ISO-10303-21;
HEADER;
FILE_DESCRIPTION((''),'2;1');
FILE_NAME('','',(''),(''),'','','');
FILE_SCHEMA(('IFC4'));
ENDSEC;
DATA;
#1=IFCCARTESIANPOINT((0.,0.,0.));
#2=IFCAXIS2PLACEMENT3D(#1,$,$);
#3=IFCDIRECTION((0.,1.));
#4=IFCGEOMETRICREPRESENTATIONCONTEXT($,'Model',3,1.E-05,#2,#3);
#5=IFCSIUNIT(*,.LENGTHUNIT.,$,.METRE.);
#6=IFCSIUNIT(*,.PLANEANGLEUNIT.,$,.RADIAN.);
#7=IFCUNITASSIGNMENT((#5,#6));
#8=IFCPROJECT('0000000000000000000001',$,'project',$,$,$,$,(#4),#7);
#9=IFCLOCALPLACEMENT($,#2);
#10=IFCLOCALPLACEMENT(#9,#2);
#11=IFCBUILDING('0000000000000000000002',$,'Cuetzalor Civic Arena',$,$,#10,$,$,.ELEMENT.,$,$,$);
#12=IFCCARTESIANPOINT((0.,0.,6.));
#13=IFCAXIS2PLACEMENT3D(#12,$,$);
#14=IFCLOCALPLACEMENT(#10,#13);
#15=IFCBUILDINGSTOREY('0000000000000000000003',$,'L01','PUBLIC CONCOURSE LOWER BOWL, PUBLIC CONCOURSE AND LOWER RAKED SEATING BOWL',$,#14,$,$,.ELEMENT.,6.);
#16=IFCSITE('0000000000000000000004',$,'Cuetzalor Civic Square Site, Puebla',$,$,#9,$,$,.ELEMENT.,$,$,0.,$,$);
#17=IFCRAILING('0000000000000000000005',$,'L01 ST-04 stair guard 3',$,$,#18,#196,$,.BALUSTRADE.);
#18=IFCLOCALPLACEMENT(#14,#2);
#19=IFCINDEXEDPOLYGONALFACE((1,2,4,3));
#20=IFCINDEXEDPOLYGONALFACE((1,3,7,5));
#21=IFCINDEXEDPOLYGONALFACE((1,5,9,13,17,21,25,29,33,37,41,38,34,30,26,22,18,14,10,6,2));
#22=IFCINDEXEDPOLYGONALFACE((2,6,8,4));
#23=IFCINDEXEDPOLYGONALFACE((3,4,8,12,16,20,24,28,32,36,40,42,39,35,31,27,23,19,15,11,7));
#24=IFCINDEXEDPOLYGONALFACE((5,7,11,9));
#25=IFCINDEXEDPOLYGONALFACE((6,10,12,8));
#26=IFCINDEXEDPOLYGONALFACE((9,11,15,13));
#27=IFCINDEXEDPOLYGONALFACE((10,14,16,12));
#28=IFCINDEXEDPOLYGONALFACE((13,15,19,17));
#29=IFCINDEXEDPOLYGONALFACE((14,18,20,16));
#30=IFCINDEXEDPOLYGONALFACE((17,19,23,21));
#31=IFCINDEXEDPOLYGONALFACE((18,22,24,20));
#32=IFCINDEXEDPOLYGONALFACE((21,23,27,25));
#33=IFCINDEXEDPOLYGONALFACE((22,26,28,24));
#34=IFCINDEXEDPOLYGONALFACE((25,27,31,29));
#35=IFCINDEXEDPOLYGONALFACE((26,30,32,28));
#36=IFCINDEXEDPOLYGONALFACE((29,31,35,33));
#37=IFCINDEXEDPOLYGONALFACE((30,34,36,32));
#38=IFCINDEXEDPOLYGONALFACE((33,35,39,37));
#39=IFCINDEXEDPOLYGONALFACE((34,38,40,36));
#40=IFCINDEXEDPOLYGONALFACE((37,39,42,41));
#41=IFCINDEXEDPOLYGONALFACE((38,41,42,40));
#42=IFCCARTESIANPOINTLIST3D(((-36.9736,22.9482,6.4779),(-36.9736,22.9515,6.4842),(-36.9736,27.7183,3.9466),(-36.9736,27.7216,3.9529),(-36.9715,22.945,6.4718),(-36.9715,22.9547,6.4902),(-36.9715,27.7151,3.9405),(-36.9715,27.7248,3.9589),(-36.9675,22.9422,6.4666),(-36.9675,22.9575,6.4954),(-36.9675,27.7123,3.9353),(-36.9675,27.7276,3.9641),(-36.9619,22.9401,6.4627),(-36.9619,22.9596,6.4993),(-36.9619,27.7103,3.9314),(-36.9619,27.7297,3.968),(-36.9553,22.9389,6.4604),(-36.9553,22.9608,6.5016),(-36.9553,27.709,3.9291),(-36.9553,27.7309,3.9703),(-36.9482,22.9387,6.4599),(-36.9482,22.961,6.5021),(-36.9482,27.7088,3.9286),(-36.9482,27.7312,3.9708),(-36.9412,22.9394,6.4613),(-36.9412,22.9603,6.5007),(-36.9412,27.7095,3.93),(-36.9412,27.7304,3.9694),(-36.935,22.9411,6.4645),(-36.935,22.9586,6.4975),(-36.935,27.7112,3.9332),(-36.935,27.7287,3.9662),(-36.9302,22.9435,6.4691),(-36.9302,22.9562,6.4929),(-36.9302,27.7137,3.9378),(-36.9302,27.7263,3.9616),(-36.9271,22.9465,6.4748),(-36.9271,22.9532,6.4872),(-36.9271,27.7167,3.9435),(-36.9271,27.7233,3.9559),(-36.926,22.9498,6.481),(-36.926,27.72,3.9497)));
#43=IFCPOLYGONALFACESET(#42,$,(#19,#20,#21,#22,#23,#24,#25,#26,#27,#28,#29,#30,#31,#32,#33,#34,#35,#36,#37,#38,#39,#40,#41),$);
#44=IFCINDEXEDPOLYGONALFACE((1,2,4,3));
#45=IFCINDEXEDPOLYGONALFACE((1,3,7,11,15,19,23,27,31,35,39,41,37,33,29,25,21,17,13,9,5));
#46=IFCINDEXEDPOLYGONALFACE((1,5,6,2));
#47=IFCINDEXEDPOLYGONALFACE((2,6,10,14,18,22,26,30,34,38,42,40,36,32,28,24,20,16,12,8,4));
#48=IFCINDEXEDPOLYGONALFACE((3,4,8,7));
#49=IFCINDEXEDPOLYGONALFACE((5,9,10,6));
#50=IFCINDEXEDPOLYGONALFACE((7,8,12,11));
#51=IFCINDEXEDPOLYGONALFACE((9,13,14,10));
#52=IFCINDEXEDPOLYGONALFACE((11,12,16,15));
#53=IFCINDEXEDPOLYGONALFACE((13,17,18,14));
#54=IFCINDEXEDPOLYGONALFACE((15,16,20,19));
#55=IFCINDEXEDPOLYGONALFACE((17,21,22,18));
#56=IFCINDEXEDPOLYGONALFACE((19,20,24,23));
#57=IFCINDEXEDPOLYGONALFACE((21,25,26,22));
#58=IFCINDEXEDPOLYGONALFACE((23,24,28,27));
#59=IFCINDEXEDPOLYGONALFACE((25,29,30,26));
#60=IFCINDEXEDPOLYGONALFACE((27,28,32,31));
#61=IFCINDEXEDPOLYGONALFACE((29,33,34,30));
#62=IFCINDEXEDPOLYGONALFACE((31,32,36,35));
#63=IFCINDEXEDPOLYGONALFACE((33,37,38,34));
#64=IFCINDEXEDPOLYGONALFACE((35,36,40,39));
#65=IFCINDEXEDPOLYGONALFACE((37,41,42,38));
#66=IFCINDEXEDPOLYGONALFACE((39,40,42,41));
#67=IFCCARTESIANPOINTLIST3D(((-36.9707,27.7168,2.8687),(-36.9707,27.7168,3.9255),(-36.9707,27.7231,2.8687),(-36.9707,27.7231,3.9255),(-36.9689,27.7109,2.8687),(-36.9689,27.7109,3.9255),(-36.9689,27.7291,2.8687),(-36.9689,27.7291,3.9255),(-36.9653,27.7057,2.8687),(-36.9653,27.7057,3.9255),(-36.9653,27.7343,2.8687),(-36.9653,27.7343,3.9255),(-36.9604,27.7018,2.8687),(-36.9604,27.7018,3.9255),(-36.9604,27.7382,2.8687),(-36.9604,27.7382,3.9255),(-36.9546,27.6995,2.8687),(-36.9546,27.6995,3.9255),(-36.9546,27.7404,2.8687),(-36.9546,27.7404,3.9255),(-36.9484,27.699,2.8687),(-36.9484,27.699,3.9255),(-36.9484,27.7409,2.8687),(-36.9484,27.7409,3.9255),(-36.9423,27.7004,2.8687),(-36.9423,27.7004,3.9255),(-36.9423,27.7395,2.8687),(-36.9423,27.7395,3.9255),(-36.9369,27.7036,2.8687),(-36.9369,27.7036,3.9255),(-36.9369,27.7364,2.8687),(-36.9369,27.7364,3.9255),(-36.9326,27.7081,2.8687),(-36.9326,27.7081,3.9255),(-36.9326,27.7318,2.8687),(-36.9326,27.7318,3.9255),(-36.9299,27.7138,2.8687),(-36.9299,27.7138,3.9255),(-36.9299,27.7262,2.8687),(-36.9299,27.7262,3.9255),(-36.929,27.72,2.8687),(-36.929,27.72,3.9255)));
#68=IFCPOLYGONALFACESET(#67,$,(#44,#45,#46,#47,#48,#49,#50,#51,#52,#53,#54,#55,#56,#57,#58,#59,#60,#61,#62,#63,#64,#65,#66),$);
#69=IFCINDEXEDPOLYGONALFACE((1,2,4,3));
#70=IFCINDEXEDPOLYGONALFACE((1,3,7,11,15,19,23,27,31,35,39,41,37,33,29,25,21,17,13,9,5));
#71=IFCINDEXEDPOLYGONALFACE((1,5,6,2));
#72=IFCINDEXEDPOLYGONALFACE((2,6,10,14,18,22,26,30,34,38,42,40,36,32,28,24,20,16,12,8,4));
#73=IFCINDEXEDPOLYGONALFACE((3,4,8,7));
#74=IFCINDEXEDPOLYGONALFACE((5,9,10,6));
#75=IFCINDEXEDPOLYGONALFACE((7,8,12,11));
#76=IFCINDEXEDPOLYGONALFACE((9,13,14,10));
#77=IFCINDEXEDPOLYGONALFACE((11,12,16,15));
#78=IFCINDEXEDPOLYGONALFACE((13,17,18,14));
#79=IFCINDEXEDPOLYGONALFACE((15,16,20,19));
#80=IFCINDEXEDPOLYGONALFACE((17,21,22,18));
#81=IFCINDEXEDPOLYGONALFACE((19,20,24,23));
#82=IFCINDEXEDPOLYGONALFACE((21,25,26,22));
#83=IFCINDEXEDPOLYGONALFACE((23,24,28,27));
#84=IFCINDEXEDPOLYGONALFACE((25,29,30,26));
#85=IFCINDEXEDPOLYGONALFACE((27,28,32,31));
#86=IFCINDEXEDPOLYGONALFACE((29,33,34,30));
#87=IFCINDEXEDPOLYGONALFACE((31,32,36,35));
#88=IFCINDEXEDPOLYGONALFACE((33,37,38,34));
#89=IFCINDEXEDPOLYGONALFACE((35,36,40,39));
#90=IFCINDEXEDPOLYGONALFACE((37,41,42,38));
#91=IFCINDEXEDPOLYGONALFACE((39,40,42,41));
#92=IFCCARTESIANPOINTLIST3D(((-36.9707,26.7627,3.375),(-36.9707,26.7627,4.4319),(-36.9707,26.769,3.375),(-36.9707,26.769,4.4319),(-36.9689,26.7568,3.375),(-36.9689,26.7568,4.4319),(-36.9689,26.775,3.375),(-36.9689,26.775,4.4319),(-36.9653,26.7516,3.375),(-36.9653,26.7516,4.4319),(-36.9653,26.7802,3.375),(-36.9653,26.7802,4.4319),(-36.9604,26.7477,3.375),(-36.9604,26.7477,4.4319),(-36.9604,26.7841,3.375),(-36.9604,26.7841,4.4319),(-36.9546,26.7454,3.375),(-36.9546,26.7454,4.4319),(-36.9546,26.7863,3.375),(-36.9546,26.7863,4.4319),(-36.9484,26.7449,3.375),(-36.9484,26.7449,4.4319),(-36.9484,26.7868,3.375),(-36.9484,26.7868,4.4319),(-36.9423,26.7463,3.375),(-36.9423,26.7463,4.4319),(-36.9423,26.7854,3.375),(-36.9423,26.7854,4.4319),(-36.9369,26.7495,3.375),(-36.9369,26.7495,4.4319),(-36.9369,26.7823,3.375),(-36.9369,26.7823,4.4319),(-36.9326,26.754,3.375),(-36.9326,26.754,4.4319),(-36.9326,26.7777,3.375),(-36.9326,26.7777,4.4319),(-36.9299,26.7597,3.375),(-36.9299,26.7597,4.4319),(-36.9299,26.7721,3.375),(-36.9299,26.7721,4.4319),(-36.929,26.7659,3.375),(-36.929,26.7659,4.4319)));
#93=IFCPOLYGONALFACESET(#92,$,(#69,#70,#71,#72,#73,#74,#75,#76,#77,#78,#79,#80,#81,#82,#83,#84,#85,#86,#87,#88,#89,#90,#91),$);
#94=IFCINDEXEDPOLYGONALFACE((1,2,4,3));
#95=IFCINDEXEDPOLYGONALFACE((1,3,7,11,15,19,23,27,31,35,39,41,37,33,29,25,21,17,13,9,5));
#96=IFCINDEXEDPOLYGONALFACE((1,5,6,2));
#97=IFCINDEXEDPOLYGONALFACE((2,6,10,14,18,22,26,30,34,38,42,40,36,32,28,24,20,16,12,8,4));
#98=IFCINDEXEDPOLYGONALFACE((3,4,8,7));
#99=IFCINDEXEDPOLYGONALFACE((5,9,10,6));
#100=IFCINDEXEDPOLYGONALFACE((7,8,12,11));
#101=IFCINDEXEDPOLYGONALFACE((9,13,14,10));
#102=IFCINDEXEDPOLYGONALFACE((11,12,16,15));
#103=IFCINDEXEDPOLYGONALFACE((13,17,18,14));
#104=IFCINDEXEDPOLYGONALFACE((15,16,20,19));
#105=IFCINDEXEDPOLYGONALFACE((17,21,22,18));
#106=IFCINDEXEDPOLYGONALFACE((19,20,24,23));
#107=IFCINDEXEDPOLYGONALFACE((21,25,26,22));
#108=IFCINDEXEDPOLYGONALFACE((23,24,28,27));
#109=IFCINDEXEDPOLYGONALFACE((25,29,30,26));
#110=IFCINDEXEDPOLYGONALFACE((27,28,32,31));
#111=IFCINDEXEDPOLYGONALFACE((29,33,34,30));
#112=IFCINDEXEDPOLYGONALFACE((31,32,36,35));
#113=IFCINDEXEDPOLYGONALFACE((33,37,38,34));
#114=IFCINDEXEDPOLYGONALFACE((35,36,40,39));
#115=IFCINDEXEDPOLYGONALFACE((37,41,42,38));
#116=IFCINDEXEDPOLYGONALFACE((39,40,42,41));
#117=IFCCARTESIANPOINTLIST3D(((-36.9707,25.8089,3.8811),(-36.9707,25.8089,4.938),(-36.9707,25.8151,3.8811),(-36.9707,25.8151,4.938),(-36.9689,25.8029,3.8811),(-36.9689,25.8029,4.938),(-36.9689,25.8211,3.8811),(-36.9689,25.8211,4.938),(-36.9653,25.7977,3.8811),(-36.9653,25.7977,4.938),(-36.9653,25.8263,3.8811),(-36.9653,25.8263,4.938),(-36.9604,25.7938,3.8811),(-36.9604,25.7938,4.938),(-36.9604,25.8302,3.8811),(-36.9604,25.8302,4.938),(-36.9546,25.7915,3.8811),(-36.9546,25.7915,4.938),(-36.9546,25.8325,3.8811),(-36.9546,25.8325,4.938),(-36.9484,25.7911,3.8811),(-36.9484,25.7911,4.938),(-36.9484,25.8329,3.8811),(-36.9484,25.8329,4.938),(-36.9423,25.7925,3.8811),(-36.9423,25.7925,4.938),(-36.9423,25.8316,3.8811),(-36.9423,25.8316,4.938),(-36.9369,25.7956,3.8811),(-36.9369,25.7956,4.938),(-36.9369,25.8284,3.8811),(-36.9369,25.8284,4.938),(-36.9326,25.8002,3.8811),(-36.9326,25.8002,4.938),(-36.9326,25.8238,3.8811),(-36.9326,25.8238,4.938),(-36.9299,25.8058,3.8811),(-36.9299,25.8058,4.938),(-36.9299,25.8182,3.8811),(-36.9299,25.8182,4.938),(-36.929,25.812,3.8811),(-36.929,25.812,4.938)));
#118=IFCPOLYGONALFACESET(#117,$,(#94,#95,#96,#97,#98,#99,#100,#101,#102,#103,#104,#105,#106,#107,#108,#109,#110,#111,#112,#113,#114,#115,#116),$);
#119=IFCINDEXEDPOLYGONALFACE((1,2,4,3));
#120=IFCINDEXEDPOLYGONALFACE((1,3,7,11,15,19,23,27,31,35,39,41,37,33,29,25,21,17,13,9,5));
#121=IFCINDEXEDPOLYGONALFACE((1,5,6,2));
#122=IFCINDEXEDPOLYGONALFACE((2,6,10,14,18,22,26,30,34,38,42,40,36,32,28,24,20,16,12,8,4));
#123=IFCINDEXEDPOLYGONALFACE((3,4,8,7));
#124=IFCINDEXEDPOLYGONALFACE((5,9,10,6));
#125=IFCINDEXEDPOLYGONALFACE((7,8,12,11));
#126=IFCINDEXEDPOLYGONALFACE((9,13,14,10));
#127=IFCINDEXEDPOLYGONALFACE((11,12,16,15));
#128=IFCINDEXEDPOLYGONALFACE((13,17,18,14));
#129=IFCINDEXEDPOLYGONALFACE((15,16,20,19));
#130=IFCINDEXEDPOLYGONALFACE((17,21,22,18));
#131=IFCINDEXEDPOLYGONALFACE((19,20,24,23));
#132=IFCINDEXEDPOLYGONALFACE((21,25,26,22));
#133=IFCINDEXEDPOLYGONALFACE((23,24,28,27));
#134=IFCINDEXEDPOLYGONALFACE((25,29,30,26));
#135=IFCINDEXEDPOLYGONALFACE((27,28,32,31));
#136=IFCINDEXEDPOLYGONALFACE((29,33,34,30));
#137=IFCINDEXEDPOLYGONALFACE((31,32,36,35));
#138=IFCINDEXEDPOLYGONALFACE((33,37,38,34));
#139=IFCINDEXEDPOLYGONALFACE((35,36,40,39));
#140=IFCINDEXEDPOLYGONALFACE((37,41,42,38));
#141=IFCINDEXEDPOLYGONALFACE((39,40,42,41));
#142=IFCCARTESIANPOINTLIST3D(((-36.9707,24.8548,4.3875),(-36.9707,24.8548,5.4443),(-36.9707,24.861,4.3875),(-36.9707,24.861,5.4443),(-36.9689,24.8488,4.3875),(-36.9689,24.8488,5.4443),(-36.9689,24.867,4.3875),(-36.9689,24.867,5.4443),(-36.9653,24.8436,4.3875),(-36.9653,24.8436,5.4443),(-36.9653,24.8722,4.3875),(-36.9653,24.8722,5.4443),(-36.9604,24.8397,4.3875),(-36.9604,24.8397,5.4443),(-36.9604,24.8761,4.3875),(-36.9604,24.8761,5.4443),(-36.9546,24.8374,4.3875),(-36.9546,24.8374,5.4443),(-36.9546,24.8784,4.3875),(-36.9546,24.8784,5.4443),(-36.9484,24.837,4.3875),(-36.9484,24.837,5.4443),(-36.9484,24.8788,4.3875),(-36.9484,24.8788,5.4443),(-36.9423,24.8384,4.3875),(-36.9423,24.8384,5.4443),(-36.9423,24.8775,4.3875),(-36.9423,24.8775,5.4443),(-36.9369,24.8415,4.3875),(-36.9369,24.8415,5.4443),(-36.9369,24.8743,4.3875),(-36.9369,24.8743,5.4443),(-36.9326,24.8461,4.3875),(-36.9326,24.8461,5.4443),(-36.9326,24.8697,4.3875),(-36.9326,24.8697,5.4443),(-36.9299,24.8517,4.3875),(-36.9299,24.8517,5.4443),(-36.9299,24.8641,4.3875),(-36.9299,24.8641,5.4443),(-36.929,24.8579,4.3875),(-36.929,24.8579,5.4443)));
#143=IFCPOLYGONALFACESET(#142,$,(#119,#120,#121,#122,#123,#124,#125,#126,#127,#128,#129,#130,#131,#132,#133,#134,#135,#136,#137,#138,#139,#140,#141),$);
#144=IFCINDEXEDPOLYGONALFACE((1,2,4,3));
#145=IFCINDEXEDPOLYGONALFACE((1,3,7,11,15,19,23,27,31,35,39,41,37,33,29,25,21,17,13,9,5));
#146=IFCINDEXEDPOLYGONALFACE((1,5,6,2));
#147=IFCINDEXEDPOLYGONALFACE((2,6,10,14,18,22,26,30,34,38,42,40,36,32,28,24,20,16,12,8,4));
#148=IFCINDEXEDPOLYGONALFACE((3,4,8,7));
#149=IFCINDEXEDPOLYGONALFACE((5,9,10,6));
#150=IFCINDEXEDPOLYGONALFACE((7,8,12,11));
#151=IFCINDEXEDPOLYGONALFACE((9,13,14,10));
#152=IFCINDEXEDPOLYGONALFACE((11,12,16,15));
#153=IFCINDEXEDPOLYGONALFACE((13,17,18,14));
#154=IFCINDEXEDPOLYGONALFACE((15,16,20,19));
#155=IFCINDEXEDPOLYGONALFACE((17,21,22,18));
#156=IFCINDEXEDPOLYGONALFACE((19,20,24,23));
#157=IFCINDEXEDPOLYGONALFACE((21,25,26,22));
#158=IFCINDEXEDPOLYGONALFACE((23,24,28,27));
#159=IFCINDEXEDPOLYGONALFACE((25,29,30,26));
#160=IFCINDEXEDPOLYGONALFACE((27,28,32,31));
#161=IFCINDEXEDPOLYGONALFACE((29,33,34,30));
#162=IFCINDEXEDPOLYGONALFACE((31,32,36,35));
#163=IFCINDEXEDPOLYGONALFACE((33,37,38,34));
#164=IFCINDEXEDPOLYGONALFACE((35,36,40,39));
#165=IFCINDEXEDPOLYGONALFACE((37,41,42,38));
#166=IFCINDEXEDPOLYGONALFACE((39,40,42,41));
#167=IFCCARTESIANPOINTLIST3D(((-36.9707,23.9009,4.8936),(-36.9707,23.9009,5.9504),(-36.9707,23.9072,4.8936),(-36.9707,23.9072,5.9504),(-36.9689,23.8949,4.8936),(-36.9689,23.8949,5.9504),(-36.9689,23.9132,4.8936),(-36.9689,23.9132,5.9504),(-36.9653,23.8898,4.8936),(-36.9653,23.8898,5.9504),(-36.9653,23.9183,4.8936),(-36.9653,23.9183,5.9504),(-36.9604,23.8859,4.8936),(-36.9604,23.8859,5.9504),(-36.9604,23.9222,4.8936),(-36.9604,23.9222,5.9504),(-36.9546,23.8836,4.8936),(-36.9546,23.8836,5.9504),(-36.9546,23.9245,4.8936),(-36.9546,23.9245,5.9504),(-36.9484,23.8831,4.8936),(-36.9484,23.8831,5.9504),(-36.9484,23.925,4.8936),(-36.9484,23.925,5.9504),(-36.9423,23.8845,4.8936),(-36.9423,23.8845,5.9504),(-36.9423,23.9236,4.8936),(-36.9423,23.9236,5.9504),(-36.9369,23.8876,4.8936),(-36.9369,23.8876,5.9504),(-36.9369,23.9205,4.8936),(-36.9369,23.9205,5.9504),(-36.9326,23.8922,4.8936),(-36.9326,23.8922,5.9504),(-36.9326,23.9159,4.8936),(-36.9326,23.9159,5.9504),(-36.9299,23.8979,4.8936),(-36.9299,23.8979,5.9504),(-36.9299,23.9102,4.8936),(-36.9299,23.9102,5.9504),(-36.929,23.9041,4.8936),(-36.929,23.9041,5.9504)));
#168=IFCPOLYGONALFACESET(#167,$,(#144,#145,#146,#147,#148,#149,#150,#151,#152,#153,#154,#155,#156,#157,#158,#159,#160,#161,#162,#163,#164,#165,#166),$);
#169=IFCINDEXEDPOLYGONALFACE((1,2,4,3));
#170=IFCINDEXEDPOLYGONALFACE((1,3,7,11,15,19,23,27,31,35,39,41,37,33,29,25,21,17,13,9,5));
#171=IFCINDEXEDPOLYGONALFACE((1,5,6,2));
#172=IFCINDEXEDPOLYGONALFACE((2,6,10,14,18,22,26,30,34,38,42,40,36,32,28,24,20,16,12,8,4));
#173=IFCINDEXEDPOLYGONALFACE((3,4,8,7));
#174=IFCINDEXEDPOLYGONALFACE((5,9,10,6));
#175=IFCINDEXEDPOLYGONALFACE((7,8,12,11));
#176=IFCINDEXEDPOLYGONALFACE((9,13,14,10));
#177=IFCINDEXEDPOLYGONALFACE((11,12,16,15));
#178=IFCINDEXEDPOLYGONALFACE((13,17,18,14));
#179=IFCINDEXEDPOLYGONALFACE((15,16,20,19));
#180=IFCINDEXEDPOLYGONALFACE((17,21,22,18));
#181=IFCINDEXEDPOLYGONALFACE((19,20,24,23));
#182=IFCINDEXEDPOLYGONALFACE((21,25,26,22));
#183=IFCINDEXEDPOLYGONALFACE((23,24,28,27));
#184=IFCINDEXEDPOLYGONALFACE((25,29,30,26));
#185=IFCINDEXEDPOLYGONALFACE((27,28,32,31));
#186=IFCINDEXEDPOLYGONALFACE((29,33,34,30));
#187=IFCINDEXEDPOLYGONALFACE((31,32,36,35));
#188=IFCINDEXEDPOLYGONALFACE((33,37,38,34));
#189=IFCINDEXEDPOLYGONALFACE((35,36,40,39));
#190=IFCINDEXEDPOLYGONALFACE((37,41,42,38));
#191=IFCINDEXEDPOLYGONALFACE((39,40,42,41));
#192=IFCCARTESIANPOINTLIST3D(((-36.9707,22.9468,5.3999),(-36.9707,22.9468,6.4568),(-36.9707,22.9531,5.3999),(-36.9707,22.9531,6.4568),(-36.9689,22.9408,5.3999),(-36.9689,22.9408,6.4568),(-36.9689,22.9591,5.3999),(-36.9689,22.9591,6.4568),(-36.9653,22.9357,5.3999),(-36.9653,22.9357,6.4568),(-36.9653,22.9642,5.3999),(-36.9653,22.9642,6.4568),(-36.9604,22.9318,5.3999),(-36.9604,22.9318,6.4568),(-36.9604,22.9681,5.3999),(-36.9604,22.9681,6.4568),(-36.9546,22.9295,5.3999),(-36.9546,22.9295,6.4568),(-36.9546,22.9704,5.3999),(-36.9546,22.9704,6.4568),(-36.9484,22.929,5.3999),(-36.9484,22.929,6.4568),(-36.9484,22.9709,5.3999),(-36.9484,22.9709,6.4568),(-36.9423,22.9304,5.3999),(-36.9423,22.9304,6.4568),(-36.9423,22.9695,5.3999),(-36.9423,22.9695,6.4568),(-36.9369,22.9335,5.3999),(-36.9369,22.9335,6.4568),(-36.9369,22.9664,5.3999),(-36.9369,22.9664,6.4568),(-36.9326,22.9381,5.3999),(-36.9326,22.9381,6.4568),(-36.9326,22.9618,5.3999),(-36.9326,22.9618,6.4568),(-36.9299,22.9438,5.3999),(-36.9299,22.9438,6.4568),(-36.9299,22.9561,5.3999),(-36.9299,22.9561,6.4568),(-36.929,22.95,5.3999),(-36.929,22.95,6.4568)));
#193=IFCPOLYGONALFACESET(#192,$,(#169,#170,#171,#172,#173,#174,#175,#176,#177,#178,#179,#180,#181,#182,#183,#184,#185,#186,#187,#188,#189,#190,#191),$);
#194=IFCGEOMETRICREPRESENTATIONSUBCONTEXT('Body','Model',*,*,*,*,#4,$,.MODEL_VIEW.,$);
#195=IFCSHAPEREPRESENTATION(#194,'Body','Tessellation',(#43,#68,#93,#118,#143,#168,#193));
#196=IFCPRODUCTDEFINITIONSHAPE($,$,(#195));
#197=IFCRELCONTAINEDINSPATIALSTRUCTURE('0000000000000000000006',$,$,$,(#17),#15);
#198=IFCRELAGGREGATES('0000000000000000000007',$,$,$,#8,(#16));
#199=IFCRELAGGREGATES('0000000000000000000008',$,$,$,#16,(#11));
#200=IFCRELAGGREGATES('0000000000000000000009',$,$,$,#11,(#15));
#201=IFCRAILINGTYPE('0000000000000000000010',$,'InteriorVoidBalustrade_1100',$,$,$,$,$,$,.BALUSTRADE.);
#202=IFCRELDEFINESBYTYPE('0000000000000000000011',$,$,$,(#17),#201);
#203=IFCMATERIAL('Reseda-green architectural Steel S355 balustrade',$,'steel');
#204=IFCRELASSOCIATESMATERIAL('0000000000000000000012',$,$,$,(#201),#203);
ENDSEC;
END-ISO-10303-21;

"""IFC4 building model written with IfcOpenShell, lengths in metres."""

from ifc_helpers import new_model, si_unit, direction, frame, origin, origin_2d, place, context, subcontext, project, spatial, circle, extrude, material, type_object, element, save


model = new_model("IFC4")

# Units and contexts
model_context = context("Model", 3, precision=1e-05, world=origin(), true_north=direction((0.0, 1.0)))
body_context = subcontext(model_context, "Body", "Model", "MODEL_VIEW")
ifc_project = project(units=[si_unit("LENGTHUNIT", "METRE"), si_unit("PLANEANGLEUNIT", "RADIAN")], contexts=[model_context])

# Site, building, storey
site_placement = place(None, origin())
site = spatial("IfcSite", under=ifc_project, at=site_placement, Name="Cuetzalor Civic Square Site, Puebla", CompositionType="ELEMENT", RefElevation=0.0)
building_placement = place(site_placement, origin())
building = spatial("IfcBuilding", under=site, at=building_placement, Name="Cuetzalor Civic Arena", CompositionType="ELEMENT")
storey_placement = place(building_placement, frame((0.0, 0.0, 6.0)))
storey = spatial("IfcBuildingStorey", under=building, at=storey_placement, Name="L01", Description="PUBLIC CONCOURSE LOWER BOWL, PUBLIC CONCOURSE AND LOWER RAKED SEATING BOWL", CompositionType="ELEMENT", Elevation=6.0)

# Railing
ifc_material_1 = material(Name="Reseda-green architectural Steel S355 balustrade", Category="steel")
railing_type_1 = type_object("IfcRailingType", Name="InteriorVoidBalustrade_1100", PredefinedType="BALUSTRADE", material=ifc_material_1)
railing_1_placement = place(storey_placement, frame((-36.95, 27.72, 2.8687)))
element("IfcRailing", 1, at=railing_1_placement, inside=storey, type_object=railing_type_1, Name="L01 ST-04 stair guard 3", PredefinedType="BALUSTRADE", context=body_context, shape_type="SweptSolid", body=[
    extrude(circle(Radius=0.0239, at=origin_2d()), frame((0.0, 0.0, 1.0811), z_axis=(0.0, -0.883332, 0.468747), x_axis=(1.0, 0.0, 0.0)), (0.0, 0.0, 1.0), 5.4001),
    extrude(circle(Radius=0.021, at=origin_2d()), origin(), (0.0, 0.0, 1.0), 1.0569),
    extrude(circle(Radius=0.021, at=origin_2d()), frame((0.0, -0.9541, 0.5063)), (0.0, 0.0, 1.0), 1.0569),
    extrude(circle(Radius=0.021, at=origin_2d()), frame((0.0, -1.908, 1.0125)), (0.0, 0.0, 1.0), 1.0569),
    extrude(circle(Radius=0.021, at=origin_2d()), frame((0.0, -2.8621, 1.5188)), (0.0, 0.0, 1.0), 1.0569),
    extrude(circle(Radius=0.021, at=origin_2d()), frame((0.0, -3.8159, 2.0249)), (0.0, 0.0, 1.0), 1.0569),
    extrude(circle(Radius=0.021, at=origin_2d()), frame((0.0, -4.77, 2.5312)), (0.0, 0.0, 1.0), 1.0569),
])

save(model, "model.ifc")
